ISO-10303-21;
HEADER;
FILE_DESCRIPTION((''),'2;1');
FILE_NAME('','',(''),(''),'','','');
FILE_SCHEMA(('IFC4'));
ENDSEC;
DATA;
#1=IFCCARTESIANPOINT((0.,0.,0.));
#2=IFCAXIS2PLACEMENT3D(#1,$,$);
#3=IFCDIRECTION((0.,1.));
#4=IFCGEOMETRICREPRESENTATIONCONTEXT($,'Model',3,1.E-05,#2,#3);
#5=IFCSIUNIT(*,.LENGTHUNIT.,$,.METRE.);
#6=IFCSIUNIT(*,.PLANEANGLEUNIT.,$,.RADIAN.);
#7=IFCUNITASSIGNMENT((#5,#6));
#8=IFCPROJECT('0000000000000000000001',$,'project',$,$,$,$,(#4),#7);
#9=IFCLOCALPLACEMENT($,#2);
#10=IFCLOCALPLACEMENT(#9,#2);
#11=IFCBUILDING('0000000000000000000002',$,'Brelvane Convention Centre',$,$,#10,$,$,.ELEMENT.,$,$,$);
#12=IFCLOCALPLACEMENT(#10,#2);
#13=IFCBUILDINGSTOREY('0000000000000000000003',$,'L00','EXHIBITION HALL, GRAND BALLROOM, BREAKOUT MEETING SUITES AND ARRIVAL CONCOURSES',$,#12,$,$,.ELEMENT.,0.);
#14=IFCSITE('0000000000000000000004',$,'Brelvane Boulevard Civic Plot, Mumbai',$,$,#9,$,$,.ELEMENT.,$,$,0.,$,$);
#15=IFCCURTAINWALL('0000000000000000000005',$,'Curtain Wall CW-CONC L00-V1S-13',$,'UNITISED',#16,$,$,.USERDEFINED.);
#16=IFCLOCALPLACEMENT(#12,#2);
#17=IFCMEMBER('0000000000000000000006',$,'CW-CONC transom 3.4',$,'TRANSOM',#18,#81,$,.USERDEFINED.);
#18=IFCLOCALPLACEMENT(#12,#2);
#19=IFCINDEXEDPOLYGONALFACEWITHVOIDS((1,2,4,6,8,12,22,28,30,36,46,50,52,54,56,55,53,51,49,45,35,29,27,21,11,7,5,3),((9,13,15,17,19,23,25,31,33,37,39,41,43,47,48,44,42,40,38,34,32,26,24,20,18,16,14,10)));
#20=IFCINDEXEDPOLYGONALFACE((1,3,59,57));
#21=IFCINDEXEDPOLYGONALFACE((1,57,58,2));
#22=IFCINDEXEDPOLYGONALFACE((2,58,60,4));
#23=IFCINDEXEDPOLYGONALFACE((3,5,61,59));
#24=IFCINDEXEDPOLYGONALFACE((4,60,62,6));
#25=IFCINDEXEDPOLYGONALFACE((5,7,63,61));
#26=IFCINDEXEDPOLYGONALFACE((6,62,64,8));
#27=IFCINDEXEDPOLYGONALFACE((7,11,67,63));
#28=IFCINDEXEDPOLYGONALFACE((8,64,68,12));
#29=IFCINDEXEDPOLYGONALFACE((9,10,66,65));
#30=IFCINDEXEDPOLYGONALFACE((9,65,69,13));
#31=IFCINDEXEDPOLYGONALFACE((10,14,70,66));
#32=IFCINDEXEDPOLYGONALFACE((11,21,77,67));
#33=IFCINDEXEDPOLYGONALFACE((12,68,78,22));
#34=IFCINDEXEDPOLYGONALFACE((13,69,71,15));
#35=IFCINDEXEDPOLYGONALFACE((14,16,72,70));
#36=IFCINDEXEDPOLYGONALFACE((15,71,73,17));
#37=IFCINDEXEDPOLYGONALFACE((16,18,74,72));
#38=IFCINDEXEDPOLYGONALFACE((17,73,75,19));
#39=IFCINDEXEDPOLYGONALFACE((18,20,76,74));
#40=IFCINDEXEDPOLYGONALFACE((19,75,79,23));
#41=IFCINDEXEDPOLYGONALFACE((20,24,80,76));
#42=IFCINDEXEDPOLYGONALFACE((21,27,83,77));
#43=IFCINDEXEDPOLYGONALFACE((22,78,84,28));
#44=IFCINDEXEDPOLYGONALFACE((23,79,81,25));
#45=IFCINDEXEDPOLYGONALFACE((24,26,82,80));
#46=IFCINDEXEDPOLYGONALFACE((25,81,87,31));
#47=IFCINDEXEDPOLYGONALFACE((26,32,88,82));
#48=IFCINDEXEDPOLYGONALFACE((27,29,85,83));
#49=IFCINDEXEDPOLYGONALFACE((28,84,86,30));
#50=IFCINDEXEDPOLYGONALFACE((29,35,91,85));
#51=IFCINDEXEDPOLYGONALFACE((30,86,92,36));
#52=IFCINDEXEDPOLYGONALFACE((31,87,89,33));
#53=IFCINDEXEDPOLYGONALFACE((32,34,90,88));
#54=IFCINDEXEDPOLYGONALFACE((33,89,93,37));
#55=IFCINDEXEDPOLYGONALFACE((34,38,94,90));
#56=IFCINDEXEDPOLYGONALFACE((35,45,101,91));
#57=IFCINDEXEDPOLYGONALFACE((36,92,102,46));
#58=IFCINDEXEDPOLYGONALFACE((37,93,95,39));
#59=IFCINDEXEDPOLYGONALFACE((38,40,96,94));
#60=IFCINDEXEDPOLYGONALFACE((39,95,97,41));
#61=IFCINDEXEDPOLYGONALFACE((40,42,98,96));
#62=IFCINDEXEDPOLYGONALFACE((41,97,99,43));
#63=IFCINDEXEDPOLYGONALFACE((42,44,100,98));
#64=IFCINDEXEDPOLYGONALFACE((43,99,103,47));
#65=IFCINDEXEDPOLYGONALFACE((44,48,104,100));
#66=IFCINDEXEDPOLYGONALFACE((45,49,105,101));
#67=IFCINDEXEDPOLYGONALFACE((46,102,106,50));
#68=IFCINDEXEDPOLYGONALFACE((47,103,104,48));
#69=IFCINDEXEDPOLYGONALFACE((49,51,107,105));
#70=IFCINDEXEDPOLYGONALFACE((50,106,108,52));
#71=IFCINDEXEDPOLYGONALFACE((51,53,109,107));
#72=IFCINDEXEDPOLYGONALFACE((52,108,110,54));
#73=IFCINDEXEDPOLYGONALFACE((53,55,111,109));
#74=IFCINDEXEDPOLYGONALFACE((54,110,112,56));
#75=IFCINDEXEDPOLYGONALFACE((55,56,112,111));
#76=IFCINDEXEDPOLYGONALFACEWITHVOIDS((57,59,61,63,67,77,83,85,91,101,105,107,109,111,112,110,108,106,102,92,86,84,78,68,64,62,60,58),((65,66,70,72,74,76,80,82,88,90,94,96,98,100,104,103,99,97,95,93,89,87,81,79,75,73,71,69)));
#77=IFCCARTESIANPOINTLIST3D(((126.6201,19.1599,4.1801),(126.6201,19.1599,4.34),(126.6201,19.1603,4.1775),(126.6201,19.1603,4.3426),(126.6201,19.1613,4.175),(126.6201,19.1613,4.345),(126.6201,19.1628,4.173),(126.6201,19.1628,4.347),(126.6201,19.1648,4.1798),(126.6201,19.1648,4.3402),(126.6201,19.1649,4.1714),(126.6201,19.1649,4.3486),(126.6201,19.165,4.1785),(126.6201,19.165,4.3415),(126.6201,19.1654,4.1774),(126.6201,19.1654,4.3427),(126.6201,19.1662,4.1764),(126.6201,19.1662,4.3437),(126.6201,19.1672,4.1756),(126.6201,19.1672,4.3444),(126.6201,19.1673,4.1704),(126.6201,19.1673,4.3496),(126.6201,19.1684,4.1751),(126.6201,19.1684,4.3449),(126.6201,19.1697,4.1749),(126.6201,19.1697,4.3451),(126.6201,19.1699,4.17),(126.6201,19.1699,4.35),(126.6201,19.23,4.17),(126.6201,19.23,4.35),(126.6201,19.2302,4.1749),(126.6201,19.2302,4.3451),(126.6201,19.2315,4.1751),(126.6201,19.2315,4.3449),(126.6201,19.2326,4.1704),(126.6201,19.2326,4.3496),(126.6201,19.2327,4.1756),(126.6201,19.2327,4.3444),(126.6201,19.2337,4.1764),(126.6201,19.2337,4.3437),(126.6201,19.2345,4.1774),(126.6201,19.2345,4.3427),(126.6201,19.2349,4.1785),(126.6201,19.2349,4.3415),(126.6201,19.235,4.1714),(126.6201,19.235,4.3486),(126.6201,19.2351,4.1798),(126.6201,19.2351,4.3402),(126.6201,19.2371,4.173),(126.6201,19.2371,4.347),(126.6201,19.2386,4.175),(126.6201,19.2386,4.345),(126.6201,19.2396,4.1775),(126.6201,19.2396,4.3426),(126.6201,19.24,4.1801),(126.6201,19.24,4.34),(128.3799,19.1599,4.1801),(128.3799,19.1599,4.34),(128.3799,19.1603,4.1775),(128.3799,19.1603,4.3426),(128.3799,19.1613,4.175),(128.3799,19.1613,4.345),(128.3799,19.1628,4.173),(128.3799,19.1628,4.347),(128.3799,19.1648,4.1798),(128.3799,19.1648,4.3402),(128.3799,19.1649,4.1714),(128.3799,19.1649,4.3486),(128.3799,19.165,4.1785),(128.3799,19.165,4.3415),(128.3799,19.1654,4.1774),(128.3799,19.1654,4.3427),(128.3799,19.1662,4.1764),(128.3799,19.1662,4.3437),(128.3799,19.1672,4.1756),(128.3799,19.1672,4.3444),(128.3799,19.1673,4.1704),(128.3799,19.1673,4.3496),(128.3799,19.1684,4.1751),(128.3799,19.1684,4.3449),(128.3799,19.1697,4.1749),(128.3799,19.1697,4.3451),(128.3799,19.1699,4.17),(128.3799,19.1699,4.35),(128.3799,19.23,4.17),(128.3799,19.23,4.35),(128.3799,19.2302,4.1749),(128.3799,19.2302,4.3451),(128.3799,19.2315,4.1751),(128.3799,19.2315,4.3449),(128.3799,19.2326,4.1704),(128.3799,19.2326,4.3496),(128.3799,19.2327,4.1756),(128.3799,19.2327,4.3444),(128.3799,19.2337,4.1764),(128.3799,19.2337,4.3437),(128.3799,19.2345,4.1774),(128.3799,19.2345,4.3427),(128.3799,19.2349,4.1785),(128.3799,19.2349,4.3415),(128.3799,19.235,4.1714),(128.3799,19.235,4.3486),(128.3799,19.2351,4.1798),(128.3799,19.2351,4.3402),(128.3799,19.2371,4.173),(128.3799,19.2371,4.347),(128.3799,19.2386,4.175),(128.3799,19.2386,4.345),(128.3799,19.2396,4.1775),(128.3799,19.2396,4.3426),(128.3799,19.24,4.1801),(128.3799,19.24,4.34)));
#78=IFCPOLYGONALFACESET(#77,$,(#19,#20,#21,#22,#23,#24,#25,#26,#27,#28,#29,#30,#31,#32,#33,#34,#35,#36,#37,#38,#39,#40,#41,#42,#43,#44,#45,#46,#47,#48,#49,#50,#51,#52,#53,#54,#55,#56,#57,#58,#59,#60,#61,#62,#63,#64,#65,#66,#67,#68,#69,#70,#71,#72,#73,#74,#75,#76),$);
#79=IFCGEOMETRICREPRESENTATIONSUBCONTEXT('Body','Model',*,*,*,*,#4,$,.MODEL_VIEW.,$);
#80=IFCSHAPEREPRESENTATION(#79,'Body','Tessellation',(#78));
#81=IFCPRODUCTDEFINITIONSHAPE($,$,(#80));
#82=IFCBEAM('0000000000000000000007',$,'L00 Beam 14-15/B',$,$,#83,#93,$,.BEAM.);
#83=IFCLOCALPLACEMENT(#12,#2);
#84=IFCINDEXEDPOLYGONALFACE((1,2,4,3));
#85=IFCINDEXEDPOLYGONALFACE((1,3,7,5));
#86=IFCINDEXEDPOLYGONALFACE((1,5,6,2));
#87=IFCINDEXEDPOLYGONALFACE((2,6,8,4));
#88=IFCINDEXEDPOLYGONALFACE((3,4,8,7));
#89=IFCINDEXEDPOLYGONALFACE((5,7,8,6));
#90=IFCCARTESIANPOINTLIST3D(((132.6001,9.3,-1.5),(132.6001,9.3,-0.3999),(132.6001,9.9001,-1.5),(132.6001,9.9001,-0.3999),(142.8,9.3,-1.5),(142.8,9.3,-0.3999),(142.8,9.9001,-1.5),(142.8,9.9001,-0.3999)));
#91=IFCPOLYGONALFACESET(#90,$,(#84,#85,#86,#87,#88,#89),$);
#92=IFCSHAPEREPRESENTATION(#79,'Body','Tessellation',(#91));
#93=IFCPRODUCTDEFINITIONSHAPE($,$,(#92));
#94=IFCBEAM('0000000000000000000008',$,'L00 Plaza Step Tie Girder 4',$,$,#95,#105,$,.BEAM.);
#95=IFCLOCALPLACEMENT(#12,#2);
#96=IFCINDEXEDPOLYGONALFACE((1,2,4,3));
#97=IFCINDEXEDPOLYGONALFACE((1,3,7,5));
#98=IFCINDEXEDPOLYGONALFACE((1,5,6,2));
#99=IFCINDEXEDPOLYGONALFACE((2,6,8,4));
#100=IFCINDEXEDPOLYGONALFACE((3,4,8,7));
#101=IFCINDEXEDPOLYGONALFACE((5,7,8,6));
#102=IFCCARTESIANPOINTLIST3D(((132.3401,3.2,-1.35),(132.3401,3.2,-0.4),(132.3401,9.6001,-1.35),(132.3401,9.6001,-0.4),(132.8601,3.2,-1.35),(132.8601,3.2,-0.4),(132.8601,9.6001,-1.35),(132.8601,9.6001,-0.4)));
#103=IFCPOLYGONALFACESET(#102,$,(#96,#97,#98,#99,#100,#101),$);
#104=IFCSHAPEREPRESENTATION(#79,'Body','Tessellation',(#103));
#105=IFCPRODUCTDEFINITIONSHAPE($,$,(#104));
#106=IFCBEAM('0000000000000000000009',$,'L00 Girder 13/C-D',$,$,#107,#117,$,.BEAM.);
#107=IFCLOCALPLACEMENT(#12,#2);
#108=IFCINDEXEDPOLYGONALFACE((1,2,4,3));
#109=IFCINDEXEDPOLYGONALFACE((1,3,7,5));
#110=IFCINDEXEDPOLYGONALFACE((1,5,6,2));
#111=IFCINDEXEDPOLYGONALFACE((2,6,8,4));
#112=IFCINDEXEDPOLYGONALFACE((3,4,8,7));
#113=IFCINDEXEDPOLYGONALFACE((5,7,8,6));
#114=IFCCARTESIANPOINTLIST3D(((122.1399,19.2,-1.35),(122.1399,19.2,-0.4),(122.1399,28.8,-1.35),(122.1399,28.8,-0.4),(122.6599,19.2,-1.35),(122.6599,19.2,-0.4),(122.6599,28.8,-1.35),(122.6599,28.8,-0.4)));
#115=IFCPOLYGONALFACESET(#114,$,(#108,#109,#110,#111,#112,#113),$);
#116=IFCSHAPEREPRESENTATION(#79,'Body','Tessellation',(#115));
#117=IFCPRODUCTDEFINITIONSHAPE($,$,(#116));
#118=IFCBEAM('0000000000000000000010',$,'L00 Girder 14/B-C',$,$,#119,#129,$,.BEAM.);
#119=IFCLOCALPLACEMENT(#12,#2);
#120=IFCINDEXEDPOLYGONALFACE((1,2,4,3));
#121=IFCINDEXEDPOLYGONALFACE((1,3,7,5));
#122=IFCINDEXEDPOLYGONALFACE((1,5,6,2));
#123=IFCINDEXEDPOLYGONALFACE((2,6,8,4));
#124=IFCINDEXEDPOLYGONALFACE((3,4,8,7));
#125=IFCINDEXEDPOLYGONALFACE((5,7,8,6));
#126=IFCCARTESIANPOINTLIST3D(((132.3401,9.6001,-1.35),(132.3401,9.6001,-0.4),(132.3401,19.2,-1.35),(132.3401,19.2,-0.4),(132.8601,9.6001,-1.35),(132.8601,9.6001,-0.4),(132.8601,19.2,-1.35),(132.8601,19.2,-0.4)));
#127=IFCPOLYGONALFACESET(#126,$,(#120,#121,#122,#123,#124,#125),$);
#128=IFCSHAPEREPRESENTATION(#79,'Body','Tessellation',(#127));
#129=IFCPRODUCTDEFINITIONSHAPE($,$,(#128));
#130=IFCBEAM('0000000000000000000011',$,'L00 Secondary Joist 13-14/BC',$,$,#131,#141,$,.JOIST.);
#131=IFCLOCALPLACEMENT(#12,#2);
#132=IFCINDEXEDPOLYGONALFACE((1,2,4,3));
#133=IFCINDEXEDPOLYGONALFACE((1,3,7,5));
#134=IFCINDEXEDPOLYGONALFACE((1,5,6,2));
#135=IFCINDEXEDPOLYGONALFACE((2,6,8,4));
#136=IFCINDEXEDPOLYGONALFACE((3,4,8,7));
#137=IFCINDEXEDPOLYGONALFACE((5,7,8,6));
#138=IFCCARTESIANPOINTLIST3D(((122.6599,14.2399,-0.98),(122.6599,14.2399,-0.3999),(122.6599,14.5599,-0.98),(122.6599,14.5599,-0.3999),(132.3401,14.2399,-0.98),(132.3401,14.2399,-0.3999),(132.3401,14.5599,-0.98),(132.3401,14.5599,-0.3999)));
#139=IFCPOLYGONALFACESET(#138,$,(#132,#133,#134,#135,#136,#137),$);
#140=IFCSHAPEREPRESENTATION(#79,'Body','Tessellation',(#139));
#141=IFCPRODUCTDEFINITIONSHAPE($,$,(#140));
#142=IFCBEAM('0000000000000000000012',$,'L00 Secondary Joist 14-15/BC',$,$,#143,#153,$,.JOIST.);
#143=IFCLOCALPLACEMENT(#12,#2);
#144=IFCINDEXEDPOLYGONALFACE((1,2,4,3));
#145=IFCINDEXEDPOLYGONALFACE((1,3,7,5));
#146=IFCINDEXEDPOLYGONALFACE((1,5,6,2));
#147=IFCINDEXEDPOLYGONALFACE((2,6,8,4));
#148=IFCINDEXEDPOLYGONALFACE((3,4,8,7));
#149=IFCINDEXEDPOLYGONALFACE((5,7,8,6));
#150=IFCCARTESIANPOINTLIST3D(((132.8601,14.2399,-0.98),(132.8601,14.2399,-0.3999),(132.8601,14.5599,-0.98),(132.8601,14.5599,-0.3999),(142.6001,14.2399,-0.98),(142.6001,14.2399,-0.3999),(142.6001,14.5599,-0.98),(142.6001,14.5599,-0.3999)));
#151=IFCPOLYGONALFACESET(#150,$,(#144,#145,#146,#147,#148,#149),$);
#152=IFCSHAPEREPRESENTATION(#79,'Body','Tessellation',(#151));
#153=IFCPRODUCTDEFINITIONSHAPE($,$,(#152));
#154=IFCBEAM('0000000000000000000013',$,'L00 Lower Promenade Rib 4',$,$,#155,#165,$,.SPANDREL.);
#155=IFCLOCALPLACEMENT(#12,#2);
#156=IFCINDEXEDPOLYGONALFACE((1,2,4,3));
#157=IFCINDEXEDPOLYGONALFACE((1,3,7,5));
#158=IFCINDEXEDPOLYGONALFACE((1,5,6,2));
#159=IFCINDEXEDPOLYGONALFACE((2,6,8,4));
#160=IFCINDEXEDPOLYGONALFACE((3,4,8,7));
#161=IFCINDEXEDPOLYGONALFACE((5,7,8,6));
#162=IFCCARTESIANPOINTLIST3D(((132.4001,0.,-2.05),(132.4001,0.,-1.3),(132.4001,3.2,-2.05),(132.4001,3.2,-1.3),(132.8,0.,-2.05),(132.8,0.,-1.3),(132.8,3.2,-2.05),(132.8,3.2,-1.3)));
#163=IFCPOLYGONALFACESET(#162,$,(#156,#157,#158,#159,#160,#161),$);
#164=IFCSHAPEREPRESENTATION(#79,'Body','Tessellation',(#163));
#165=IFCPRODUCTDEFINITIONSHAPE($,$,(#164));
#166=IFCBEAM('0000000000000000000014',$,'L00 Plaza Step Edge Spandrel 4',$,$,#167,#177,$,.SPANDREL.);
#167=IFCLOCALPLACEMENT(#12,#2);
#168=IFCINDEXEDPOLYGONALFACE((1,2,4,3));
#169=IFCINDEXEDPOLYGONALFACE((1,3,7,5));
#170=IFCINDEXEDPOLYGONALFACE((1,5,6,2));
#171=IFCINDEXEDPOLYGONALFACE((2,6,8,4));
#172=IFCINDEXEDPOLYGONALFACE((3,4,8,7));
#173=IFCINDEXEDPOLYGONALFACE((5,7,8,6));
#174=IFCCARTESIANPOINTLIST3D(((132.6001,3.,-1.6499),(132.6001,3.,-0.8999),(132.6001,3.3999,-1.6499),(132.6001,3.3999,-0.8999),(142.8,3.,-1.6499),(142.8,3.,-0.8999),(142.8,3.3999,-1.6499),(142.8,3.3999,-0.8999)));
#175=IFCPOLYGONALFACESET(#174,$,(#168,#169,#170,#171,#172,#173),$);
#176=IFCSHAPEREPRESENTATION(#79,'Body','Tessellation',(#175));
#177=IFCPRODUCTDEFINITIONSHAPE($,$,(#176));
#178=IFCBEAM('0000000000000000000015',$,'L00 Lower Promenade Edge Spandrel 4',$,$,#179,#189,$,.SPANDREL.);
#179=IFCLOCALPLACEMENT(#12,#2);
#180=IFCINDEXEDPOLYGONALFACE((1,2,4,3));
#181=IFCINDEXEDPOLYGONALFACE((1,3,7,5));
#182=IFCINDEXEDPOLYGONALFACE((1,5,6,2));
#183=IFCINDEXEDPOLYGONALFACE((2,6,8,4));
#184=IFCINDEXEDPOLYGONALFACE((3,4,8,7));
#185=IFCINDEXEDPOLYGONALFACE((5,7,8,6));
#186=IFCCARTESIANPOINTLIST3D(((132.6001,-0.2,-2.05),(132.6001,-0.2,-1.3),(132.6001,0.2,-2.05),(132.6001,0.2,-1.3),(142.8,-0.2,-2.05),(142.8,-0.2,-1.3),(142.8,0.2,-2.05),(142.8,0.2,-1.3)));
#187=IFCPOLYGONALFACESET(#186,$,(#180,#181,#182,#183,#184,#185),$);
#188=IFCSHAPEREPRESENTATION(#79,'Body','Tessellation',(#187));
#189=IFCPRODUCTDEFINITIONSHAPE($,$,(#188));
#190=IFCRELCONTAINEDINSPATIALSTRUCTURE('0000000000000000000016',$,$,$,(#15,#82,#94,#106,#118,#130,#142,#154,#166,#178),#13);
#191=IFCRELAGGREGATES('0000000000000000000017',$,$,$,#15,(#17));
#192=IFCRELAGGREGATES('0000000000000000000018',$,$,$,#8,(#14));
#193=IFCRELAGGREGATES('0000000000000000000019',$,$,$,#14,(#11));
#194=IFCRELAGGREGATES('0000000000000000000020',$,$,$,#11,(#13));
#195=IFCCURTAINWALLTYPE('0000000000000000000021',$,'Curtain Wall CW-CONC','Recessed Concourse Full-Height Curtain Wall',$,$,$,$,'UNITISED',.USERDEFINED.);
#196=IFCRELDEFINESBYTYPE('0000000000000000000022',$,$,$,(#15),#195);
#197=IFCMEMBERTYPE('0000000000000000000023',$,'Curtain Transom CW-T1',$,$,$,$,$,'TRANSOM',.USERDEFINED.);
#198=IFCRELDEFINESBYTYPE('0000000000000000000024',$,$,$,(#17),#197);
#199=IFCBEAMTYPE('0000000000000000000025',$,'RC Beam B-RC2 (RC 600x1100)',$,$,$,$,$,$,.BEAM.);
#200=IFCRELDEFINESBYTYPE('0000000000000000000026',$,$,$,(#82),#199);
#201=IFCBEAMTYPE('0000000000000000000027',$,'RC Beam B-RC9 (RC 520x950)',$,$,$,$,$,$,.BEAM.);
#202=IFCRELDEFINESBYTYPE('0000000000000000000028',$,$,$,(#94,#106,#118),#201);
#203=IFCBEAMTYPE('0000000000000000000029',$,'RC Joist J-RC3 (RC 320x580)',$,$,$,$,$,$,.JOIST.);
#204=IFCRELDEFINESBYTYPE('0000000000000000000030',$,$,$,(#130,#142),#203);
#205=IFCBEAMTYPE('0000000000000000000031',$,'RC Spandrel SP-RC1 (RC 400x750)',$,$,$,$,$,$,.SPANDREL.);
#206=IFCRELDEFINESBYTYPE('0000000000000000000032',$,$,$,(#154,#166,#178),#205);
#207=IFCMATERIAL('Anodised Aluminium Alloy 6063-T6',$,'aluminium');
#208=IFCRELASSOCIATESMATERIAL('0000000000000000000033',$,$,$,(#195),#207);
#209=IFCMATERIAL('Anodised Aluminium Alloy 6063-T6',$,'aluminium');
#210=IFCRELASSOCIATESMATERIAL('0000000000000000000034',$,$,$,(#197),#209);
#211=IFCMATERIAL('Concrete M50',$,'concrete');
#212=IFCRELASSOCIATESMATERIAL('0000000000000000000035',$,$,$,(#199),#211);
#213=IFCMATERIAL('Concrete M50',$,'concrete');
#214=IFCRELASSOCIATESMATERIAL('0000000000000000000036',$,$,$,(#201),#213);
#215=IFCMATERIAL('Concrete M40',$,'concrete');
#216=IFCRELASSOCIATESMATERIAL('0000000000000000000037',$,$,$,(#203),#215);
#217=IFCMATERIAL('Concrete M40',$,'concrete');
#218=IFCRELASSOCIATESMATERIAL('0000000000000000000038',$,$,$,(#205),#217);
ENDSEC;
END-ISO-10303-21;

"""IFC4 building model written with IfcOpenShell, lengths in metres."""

from ifc_helpers import new_model, si_unit, direction, frame, origin, origin_2d, place, context, subcontext, project, spatial, rectangle, hollow_rectangle, extrude, material, material_profile, profile_set, type_object, element, aggregate, save


model = new_model("IFC4")

# Units and contexts
model_context = context("Model", 3, precision=1e-05, world=origin(), true_north=direction((0.0, 1.0)))
body_context = subcontext(model_context, "Body", "Model", "MODEL_VIEW")
ifc_project = project(units=[si_unit("LENGTHUNIT", "METRE"), si_unit("PLANEANGLEUNIT", "RADIAN")], contexts=[model_context])

# Site, building, storey
site_placement = place(None, origin())
site = spatial("IfcSite", under=ifc_project, at=site_placement, Name="Brelvane Boulevard Civic Plot, Mumbai", CompositionType="ELEMENT", RefElevation=0.0)
building_placement = place(site_placement, origin())
building = spatial("IfcBuilding", under=site, at=building_placement, Name="Brelvane Convention Centre", CompositionType="ELEMENT")
storey_placement = place(building_placement, origin())
storey = spatial("IfcBuildingStorey", under=building, at=storey_placement, Name="L00", Description="EXHIBITION HALL, GRAND BALLROOM, BREAKOUT MEETING SUITES AND ARRIVAL CONCOURSES", CompositionType="ELEMENT", Elevation=0.0)

# Curtain wall, member
ifc_material_1 = material(Name="Anodised Aluminium Alloy 6063-T6", Category="aluminium")
curtain_wall_type = type_object("IfcCurtainWallType", Name="Curtain Wall CW-CONC", Description="Recessed Concourse Full-Height Curtain Wall", ElementType="UNITISED", PredefinedType="USERDEFINED", material=ifc_material_1)
curtain_wall_placement = place(storey_placement, origin())
curtain_wall = element("IfcCurtainWall", 1, at=curtain_wall_placement, inside=storey, type_object=curtain_wall_type, Name="Curtain Wall CW-CONC L00-V1S-13", ObjectType="UNITISED", PredefinedType="USERDEFINED")
ifc_material_2 = material(Name="Anodised Aluminium Alloy 6063-T6", Category="aluminium")
ifc_material_profile_1 = material_profile(ifc_material_2, hollow_rectangle(XDim=0.0801, YDim=0.1799, WallThickness=0.0049, InnerFilletRadius=0.0049, OuterFilletRadius=0.01, at=origin_2d()), Name="ALU-T 180x80x5.0")
ifc_profile_set_1 = profile_set([ifc_material_profile_1], Name="Anodised Aluminium Alloy 6063-T6")
member_type_1 = type_object("IfcMemberType", Name="Curtain Transom CW-T1", ElementType="TRANSOM", PredefinedType="USERDEFINED", material=ifc_profile_set_1)
member_1_placement = place(storey_placement, frame((126.6201, 19.2, 4.26), z_axis=(1.0, 0.0, 0.0), x_axis=(0.0, 1.0, 0.0)))
member_1 = element("IfcMember", 2, at=member_1_placement, type_object=member_type_1, Name="CW-CONC transom 3.4", ObjectType="TRANSOM", PredefinedType="USERDEFINED", context=body_context, shape_type="SweptSolid", body=[
    extrude(hollow_rectangle(XDim=0.0801, YDim=0.1799, WallThickness=0.0049, InnerFilletRadius=0.0049, OuterFilletRadius=0.01, at=origin_2d()), origin(), (0.0, 0.0, 1.0), 1.7598),
])

# Beams
ifc_material_3 = material(Name="Concrete M50", Category="concrete")
ifc_material_profile_2 = material_profile(ifc_material_3, rectangle(XDim=0.6001, YDim=1.1001, at=origin_2d()), Name="RC 600x1100")
ifc_profile_set_2 = profile_set([ifc_material_profile_2], Name="Concrete M50")
beam_type_1 = type_object("IfcBeamType", Name="RC Beam B-RC2 (RC 600x1100)", PredefinedType="BEAM", material=ifc_profile_set_2)
beam_1_placement = place(storey_placement, frame((132.6001, 9.6001, -0.95), z_axis=(1.0, 0.0, 0.0), x_axis=(0.0, 1.0, 0.0)))
element("IfcBeam", 3, at=beam_1_placement, inside=storey, type_object=beam_type_1, Name="L00 Beam 14-15/B", PredefinedType="BEAM", context=body_context, shape_type="SweptSolid", body=[
    extrude(rectangle(XDim=0.6001, YDim=1.1001, at=origin_2d()), origin(), (0.0, 0.0, 1.0), 10.2),
])
ifc_material_4 = material(Name="Concrete M50", Category="concrete")
ifc_material_profile_3 = material_profile(ifc_material_4, rectangle(XDim=0.52, YDim=0.95, at=origin_2d()), Name="RC 520x950")
ifc_profile_set_3 = profile_set([ifc_material_profile_3], Name="Concrete M50")
beam_type_2 = type_object("IfcBeamType", Name="RC Beam B-RC9 (RC 520x950)", PredefinedType="BEAM", material=ifc_profile_set_3)
beam_2_placement = place(storey_placement, frame((132.6001, 3.2, -0.875), z_axis=(0.0, 1.0, 0.0), x_axis=(-1.0, 0.0, 0.0)))
element("IfcBeam", 4, at=beam_2_placement, inside=storey, type_object=beam_type_2, Name="L00 Plaza Step Tie Girder 4", PredefinedType="BEAM", context=body_context, shape_type="SweptSolid", body=[
    extrude(rectangle(XDim=0.52, YDim=0.95, at=origin_2d()), origin(), (0.0, 0.0, 1.0), 6.4001),
])
beam_3_placement = place(storey_placement, frame((122.3999, 19.2, -0.875), z_axis=(0.0, 1.0, 0.0), x_axis=(-1.0, 0.0, 0.0)))
element("IfcBeam", 5, at=beam_3_placement, inside=storey, type_object=beam_type_2, Name="L00 Girder 13/C-D", PredefinedType="BEAM", context=body_context, shape_type="SweptSolid", body=[
    extrude(rectangle(XDim=0.52, YDim=0.95, at=origin_2d()), origin(), (0.0, 0.0, 1.0), 9.6001),
])
beam_4_placement = place(storey_placement, frame((132.6001, 9.6001, -0.875), z_axis=(0.0, 1.0, 0.0), x_axis=(-1.0, 0.0, 0.0)))
element("IfcBeam", 6, at=beam_4_placement, inside=storey, type_object=beam_type_2, Name="L00 Girder 14/B-C", PredefinedType="BEAM", context=body_context, shape_type="SweptSolid", body=[
    extrude(rectangle(XDim=0.52, YDim=0.95, at=origin_2d()), origin(), (0.0, 0.0, 1.0), 9.5999),
])
ifc_material_5 = material(Name="Concrete M40", Category="concrete")
ifc_material_profile_4 = material_profile(ifc_material_5, rectangle(XDim=0.3201, YDim=0.5801, at=origin_2d()), Name="RC 320x580")
ifc_profile_set_4 = profile_set([ifc_material_profile_4], Name="Concrete M40")
beam_type_3 = type_object("IfcBeamType", Name="RC Joist J-RC3 (RC 320x580)", PredefinedType="JOIST", material=ifc_profile_set_4)
beam_5_placement = place(storey_placement, frame((122.6599, 14.3999, -0.6899), z_axis=(1.0, 0.0, 0.0), x_axis=(0.0, 1.0, 0.0)))
element("IfcBeam", 7, at=beam_5_placement, inside=storey, type_object=beam_type_3, Name="L00 Secondary Joist 13-14/BC", PredefinedType="JOIST", context=body_context, shape_type="SweptSolid", body=[
    extrude(rectangle(XDim=0.3201, YDim=0.5801, at=origin_2d()), origin(), (0.0, 0.0, 1.0), 9.6802),
])
beam_6_placement = place(storey_placement, frame((132.8601, 14.3999, -0.6899), z_axis=(1.0, 0.0, 0.0), x_axis=(0.0, 1.0, 0.0)))
element("IfcBeam", 8, at=beam_6_placement, inside=storey, type_object=beam_type_3, Name="L00 Secondary Joist 14-15/BC", PredefinedType="JOIST", context=body_context, shape_type="SweptSolid", body=[
    extrude(rectangle(XDim=0.3201, YDim=0.5801, at=origin_2d()), origin(), (0.0, 0.0, 1.0), 9.74),
])
ifc_material_6 = material(Name="Concrete M40", Category="concrete")
ifc_material_profile_5 = material_profile(ifc_material_6, rectangle(XDim=0.3999, YDim=0.75, at=origin_2d()), Name="RC 400x750")
ifc_profile_set_5 = profile_set([ifc_material_profile_5], Name="Concrete M40")
beam_type_4 = type_object("IfcBeamType", Name="RC Spandrel SP-RC1 (RC 400x750)", PredefinedType="SPANDREL", material=ifc_profile_set_5)
beam_7_placement = place(storey_placement, frame((132.6001, 0.0, -1.675), z_axis=(0.0, 1.0, 0.0), x_axis=(-1.0, 0.0, 0.0)))
element("IfcBeam", 9, at=beam_7_placement, inside=storey, type_object=beam_type_4, Name="L00 Lower Promenade Rib 4", PredefinedType="SPANDREL", context=body_context, shape_type="SweptSolid", body=[
    extrude(rectangle(XDim=0.3999, YDim=0.75, at=origin_2d()), origin(), (0.0, 0.0, 1.0), 3.2),
])
for number, where, z_axis, x_axis, name in (
    (10, (132.6001, 3.2, -1.2749), (1.0, 0.0, 0.0), (0.0, 1.0, 0.0), "L00 Plaza Step Edge Spandrel 4"),
    (11, (132.6001, 0.0, -1.675), (1.0, 0.0, 0.0), (0.0, 1.0, 0.0), "L00 Lower Promenade Edge Spandrel 4"),
):
    element("IfcBeam", number, at=place(storey_placement, frame(where, z_axis=z_axis, x_axis=x_axis)), inside=storey, type_object=beam_type_4, Name=name, PredefinedType="SPANDREL", context=body_context, shape_type="SweptSolid", body=[
        extrude(rectangle(XDim=0.3999, YDim=0.75, at=origin_2d()), origin(), (0.0, 0.0, 1.0), 10.2),
    ])

aggregate(curtain_wall, [member_1])

save(model, "model.ifc")
